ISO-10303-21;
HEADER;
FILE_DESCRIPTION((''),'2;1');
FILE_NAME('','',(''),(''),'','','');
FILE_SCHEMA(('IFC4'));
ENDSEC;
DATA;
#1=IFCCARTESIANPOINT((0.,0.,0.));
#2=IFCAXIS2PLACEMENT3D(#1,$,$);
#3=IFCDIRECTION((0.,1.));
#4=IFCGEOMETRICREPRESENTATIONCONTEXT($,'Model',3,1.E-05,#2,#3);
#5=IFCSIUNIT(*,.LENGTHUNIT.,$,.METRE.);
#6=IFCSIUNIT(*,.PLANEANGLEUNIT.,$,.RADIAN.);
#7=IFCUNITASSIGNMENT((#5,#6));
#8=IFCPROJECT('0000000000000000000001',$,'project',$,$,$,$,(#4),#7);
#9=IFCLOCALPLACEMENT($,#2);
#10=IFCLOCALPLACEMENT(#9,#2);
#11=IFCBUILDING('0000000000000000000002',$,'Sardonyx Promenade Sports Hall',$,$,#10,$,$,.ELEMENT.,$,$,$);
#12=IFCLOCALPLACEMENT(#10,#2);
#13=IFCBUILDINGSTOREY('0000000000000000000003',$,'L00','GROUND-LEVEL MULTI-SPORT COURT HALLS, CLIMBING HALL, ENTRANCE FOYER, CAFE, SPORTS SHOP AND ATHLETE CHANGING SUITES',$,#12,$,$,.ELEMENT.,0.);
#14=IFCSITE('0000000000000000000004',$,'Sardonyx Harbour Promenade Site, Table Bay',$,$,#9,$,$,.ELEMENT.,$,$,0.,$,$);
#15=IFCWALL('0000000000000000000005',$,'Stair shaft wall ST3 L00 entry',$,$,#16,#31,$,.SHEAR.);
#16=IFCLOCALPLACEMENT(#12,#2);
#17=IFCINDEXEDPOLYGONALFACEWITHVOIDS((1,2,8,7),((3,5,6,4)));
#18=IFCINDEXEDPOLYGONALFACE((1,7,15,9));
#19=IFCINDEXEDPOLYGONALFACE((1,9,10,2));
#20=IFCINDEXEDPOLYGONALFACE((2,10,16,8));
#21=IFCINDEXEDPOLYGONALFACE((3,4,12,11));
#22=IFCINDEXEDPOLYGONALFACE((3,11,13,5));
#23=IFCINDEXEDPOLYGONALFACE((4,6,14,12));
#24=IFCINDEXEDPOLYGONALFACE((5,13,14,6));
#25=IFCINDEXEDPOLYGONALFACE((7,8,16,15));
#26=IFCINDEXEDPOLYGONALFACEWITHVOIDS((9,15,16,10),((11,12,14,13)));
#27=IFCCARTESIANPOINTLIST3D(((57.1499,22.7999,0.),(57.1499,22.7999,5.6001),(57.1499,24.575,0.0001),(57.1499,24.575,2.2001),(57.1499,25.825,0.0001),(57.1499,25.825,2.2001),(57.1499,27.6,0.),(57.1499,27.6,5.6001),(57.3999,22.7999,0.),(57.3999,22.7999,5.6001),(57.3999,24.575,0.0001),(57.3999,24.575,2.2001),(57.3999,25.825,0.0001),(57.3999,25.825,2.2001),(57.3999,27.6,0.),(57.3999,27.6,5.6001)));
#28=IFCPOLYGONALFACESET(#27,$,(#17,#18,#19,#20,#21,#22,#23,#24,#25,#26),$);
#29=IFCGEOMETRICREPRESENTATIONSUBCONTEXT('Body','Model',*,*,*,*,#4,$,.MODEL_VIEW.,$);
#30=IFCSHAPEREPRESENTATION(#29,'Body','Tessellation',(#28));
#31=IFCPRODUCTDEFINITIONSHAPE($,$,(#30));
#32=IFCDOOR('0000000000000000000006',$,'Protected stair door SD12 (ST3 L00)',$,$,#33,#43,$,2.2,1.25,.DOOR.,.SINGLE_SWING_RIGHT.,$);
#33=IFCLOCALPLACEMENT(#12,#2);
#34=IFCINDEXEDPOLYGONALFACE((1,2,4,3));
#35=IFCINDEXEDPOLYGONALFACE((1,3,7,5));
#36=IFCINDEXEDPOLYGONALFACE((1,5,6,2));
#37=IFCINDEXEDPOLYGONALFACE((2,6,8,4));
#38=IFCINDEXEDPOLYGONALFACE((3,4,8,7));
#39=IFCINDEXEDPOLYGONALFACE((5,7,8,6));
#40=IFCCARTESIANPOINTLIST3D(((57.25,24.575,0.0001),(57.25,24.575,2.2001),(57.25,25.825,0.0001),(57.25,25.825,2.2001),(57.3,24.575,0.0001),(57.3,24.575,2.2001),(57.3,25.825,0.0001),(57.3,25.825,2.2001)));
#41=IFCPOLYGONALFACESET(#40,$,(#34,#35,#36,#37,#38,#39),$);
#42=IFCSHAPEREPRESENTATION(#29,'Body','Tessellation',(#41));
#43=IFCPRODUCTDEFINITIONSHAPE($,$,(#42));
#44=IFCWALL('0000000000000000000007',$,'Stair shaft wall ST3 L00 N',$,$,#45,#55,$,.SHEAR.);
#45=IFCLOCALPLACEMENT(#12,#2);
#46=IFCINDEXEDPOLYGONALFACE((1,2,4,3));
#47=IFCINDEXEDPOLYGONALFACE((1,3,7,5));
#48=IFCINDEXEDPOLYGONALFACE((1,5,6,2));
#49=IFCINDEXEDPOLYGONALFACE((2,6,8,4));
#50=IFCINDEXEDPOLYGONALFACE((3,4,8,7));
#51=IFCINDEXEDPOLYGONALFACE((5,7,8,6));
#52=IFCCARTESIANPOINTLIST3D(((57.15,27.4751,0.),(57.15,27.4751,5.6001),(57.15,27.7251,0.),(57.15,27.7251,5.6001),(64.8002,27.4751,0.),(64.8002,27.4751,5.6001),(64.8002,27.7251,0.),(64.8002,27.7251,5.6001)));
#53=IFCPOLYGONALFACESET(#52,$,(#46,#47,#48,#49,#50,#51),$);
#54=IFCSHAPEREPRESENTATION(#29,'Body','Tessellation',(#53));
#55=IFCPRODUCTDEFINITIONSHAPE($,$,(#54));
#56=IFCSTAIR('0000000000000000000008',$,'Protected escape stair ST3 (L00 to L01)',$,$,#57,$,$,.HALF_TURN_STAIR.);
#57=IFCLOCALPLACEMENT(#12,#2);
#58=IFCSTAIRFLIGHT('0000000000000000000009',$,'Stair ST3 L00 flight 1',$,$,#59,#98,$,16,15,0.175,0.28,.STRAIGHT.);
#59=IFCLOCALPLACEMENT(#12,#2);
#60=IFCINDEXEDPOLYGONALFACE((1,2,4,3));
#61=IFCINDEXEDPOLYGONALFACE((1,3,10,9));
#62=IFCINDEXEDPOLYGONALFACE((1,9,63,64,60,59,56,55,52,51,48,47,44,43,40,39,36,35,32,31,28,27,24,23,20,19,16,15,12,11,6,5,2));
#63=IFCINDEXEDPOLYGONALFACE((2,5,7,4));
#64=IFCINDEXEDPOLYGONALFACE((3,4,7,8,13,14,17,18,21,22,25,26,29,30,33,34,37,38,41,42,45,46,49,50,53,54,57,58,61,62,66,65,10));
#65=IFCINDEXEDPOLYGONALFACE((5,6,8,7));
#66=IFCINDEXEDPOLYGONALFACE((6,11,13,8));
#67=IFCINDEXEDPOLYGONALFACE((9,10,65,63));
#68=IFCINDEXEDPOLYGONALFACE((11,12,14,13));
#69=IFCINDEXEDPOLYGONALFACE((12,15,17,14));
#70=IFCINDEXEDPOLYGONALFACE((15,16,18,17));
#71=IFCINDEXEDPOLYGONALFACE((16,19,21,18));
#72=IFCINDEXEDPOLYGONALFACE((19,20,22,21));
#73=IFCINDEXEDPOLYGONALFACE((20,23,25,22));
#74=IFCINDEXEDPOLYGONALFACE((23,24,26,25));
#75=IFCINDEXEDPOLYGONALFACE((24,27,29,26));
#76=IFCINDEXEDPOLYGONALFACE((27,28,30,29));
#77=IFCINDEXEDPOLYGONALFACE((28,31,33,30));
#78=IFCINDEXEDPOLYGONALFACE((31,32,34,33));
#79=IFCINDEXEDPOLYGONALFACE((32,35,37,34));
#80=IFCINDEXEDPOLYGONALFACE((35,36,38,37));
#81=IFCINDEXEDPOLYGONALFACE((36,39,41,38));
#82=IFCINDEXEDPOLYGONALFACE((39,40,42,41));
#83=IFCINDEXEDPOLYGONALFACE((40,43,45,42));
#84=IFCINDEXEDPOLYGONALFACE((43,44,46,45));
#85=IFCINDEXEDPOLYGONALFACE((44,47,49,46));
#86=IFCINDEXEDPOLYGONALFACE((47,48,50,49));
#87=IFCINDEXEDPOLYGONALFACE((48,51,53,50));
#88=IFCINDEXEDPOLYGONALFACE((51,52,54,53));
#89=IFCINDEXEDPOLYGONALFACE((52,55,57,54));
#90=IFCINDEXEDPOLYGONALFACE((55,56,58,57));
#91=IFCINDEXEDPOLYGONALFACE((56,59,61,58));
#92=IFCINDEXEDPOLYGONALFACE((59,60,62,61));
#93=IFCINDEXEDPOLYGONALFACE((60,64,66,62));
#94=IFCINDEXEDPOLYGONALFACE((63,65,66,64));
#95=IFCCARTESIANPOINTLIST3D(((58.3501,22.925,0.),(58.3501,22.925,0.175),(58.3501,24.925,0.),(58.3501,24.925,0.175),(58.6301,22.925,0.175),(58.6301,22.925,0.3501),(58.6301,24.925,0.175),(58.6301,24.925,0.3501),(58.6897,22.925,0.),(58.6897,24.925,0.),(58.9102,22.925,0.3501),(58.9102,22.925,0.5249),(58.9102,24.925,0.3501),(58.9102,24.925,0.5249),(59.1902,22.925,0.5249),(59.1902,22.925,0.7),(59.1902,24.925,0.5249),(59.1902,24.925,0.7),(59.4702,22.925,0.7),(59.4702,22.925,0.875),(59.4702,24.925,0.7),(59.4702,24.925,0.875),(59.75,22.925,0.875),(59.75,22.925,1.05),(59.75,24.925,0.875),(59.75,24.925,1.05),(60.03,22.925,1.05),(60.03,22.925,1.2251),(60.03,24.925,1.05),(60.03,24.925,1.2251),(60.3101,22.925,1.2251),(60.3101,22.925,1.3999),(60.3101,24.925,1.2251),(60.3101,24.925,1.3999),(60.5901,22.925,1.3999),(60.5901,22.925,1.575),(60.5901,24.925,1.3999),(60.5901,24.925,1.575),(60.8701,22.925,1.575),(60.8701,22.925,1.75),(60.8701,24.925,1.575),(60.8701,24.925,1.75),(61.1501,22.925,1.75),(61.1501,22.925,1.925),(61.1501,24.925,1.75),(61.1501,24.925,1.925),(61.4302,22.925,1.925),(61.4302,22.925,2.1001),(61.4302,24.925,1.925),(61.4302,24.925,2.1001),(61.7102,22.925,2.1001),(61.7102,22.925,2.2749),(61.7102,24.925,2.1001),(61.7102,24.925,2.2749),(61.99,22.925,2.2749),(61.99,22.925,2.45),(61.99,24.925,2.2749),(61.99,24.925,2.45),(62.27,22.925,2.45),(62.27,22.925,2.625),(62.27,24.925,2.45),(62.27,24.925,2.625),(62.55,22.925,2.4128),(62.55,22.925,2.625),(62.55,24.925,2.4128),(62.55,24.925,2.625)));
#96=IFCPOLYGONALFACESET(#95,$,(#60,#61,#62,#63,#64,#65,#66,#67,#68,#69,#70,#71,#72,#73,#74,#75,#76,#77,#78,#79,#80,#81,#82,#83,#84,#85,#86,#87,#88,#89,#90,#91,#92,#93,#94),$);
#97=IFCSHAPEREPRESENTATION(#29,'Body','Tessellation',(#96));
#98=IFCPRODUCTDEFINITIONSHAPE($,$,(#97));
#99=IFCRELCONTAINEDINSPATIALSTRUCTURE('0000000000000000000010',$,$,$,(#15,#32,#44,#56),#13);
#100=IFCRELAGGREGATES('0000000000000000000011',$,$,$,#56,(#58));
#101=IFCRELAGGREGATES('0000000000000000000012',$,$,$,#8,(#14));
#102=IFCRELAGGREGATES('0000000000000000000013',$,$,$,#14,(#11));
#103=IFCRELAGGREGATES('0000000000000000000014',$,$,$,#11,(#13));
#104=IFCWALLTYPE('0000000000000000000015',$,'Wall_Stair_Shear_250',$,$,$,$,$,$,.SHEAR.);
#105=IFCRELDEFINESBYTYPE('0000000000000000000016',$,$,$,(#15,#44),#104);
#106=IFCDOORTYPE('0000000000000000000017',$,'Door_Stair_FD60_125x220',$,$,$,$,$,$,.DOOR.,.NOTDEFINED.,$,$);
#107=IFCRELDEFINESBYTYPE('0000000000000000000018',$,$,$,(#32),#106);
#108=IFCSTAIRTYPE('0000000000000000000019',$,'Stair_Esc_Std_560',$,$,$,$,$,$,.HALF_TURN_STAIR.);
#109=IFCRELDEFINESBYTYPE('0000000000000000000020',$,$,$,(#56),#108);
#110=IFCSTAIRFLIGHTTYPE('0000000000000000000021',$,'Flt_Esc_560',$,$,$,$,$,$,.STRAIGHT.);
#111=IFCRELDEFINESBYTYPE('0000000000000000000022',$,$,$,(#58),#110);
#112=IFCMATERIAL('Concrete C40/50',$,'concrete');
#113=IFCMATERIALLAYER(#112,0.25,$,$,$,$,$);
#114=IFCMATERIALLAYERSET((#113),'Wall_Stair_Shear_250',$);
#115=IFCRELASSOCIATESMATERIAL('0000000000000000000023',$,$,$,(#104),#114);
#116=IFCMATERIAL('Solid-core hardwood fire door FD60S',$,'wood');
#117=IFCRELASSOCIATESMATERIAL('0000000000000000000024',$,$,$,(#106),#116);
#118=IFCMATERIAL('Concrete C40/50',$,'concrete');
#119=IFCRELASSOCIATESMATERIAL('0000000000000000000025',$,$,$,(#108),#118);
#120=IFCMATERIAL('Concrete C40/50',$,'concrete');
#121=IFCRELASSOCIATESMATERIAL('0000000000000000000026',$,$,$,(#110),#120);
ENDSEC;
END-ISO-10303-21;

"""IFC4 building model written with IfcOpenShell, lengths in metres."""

from ifc_helpers import new_model, si_unit, direction, frame, frame_2d, origin, place, context, subcontext, project, spatial, polyline, rectangle, outline, extrude, material, layer, layer_set, type_object, element, fill, aggregate, save


model = new_model("IFC4")

# Units and contexts
model_context = context("Model", 3, precision=1e-05, world=origin(), true_north=direction((0.0, 1.0)))
body_context = subcontext(model_context, "Body", "Model", "MODEL_VIEW")
ifc_project = project(units=[si_unit("LENGTHUNIT", "METRE"), si_unit("PLANEANGLEUNIT", "RADIAN")], contexts=[model_context])

# Site, building, storey
site_placement = place(None, origin())
site = spatial("IfcSite", under=ifc_project, at=site_placement, Name="Sardonyx Harbour Promenade Site, Table Bay", CompositionType="ELEMENT", RefElevation=0.0)
building_placement = place(site_placement, origin())
building = spatial("IfcBuilding", under=site, at=building_placement, Name="Sardonyx Promenade Sports Hall", CompositionType="ELEMENT")
storey_placement = place(building_placement, origin())
storey = spatial("IfcBuildingStorey", under=building, at=storey_placement, Name="L00", Description="GROUND-LEVEL MULTI-SPORT COURT HALLS, CLIMBING HALL, ENTRANCE FOYER, CAFE, SPORTS SHOP AND ATHLETE CHANGING SUITES", CompositionType="ELEMENT", Elevation=0.0)

# Wall, opening, door
ifc_material_1 = material(Name="Concrete C40/50", Category="concrete")
ifc_layer_1 = layer(ifc_material_1, 0.25)
ifc_layer_set_1 = layer_set([ifc_layer_1], Name="Wall_Stair_Shear_250")
wall_type_1 = type_object("IfcWallType", Name="Wall_Stair_Shear_250", PredefinedType="SHEAR", material=ifc_layer_set_1)
wall_1_placement = place(storey_placement, frame((57.2749, 22.8, 0.0), z_axis=(0.0, 0.0, 1.0), x_axis=(0.0, 1.0, 0.0)))
wall_1 = element("IfcWall", 1, at=wall_1_placement, inside=storey, type_object=wall_type_1, Name="Stair shaft wall ST3 L00 entry", PredefinedType="SHEAR", context=body_context, shape_type="SweptSolid", body=[
    extrude(rectangle(XDim=4.8, YDim=0.25, at=frame_2d((2.3999, 0.0))), origin(), (0.0, 0.0, 1.0), 5.6001),
])
opening_1_placement = place(wall_1_placement, frame((1.7749, 0.0, 0.0)))
opening_1 = element("IfcOpeningElement", 2, at=opening_1_placement, cuts=wall_1, PredefinedType="OPENING", context=body_context, shape_type="SweptSolid", body=[
    extrude(rectangle(XDim=1.25, YDim=2.2, at=frame_2d((0.625, 1.1001))), frame((0.0, 0.135, 0.0), z_axis=(0.0, -1.0, 0.0), x_axis=(1.0, 0.0, 0.0)), (0.0, 0.0, 1.0), 0.27),
])
ifc_material_2 = material(Name="Solid-core hardwood fire door FD60S", Category="wood")
door_type_1 = type_object("IfcDoorType", Name="Door_Stair_FD60_125x220", OperationType="NOTDEFINED", PredefinedType="DOOR", material=ifc_material_2)
door_1_placement = place(opening_1_placement, origin())
door_1 = element("IfcDoor", 3, at=door_1_placement, inside=storey, type_object=door_type_1, Name="Protected stair door SD12 (ST3 L00)", OperationType="SINGLE_SWING_RIGHT", OverallHeight=2.2, OverallWidth=1.25, PredefinedType="DOOR", context=body_context, shape_type="SweptSolid", body=[
    extrude(rectangle(XDim=1.25, YDim=2.2, at=frame_2d((0.625, 1.1001))), frame((0.0, 0.0249, 0.0), z_axis=(0.0, -1.0, 0.0), x_axis=(1.0, 0.0, 0.0)), (0.0, 0.0, 1.0), 0.05),
])
fill(opening_1, door_1)

# Wall
wall_2_placement = place(storey_placement, frame((57.1499, 27.6001, 0.0), z_axis=(0.0, 0.0, 1.0), x_axis=(1.0, 0.0, 0.0)))
element("IfcWall", 4, at=wall_2_placement, inside=storey, type_object=wall_type_1, Name="Stair shaft wall ST3 L00 N", PredefinedType="SHEAR", context=body_context, shape_type="SweptSolid", body=[
    extrude(rectangle(XDim=7.6501, YDim=0.25, at=frame_2d((3.8252, 0.0))), origin(), (0.0, 0.0, 1.0), 5.6001),
])

# Stair, stair flight
ifc_material_3 = material(Name="Concrete C40/50", Category="concrete")
stair_type = type_object("IfcStairType", Name="Stair_Esc_Std_560", PredefinedType="HALF_TURN_STAIR", material=ifc_material_3)
stair_placement = place(storey_placement, origin())
stair = element("IfcStair", 5, at=stair_placement, inside=storey, type_object=stair_type, Name="Protected escape stair ST3 (L00 to L01)", PredefinedType="HALF_TURN_STAIR")
ifc_material_4 = material(Name="Concrete C40/50", Category="concrete")
stair_flight_type = type_object("IfcStairFlightType", Name="Flt_Esc_560", PredefinedType="STRAIGHT", material=ifc_material_4)
stair_flight_placement = place(storey_placement, frame((58.3501, 23.925, 0.0), z_axis=(0.0, 0.0, 1.0), x_axis=(1.0, 0.0, 0.0)))
stair_flight = element("IfcStairFlight", 6, at=stair_flight_placement, type_object=stair_flight_type, Name="Stair ST3 L00 flight 1", NumberOfRisers=16, NumberOfTreads=15, PredefinedType="STRAIGHT", RiserHeight=0.175, TreadLength=0.28, context=body_context, shape_type="SweptSolid", body=[
    extrude(outline(polyline([(0.0, 0.0), (0.0, 0.175), (0.28, 0.175), (0.28, 0.3501), (0.5601, 0.3501), (0.5601, 0.5249), (0.8401, 0.5249), (0.8401, 0.7), (1.1201, 0.7), (1.1201, 0.875), (1.3999, 0.875), (1.3999, 1.05), (1.6799, 1.05), (1.6799, 1.2251), (1.96, 1.2251), (1.96, 1.3999), (2.24, 1.3999), (2.24, 1.575), (2.52, 1.575), (2.52, 1.75), (2.8, 1.75), (2.8, 1.925), (3.0801, 1.925), (3.0801, 2.1001), (3.3601, 2.1001), (3.3601, 2.2749), (3.6399, 2.2749), (3.6399, 2.45), (3.9199, 2.45), (3.9199, 2.625), (4.2, 2.625), (4.2, 2.8), (4.2, 2.4128), (0.3396, 0.0), (0.0, 0.0)])), frame((0.0, 1.0, 0.0), z_axis=(0.0, -1.0, 0.0), x_axis=(1.0, 0.0, 0.0)), (0.0, 0.0, 1.0), 2.0),
])
aggregate(stair, [stair_flight])

save(model, "model.ifc")
